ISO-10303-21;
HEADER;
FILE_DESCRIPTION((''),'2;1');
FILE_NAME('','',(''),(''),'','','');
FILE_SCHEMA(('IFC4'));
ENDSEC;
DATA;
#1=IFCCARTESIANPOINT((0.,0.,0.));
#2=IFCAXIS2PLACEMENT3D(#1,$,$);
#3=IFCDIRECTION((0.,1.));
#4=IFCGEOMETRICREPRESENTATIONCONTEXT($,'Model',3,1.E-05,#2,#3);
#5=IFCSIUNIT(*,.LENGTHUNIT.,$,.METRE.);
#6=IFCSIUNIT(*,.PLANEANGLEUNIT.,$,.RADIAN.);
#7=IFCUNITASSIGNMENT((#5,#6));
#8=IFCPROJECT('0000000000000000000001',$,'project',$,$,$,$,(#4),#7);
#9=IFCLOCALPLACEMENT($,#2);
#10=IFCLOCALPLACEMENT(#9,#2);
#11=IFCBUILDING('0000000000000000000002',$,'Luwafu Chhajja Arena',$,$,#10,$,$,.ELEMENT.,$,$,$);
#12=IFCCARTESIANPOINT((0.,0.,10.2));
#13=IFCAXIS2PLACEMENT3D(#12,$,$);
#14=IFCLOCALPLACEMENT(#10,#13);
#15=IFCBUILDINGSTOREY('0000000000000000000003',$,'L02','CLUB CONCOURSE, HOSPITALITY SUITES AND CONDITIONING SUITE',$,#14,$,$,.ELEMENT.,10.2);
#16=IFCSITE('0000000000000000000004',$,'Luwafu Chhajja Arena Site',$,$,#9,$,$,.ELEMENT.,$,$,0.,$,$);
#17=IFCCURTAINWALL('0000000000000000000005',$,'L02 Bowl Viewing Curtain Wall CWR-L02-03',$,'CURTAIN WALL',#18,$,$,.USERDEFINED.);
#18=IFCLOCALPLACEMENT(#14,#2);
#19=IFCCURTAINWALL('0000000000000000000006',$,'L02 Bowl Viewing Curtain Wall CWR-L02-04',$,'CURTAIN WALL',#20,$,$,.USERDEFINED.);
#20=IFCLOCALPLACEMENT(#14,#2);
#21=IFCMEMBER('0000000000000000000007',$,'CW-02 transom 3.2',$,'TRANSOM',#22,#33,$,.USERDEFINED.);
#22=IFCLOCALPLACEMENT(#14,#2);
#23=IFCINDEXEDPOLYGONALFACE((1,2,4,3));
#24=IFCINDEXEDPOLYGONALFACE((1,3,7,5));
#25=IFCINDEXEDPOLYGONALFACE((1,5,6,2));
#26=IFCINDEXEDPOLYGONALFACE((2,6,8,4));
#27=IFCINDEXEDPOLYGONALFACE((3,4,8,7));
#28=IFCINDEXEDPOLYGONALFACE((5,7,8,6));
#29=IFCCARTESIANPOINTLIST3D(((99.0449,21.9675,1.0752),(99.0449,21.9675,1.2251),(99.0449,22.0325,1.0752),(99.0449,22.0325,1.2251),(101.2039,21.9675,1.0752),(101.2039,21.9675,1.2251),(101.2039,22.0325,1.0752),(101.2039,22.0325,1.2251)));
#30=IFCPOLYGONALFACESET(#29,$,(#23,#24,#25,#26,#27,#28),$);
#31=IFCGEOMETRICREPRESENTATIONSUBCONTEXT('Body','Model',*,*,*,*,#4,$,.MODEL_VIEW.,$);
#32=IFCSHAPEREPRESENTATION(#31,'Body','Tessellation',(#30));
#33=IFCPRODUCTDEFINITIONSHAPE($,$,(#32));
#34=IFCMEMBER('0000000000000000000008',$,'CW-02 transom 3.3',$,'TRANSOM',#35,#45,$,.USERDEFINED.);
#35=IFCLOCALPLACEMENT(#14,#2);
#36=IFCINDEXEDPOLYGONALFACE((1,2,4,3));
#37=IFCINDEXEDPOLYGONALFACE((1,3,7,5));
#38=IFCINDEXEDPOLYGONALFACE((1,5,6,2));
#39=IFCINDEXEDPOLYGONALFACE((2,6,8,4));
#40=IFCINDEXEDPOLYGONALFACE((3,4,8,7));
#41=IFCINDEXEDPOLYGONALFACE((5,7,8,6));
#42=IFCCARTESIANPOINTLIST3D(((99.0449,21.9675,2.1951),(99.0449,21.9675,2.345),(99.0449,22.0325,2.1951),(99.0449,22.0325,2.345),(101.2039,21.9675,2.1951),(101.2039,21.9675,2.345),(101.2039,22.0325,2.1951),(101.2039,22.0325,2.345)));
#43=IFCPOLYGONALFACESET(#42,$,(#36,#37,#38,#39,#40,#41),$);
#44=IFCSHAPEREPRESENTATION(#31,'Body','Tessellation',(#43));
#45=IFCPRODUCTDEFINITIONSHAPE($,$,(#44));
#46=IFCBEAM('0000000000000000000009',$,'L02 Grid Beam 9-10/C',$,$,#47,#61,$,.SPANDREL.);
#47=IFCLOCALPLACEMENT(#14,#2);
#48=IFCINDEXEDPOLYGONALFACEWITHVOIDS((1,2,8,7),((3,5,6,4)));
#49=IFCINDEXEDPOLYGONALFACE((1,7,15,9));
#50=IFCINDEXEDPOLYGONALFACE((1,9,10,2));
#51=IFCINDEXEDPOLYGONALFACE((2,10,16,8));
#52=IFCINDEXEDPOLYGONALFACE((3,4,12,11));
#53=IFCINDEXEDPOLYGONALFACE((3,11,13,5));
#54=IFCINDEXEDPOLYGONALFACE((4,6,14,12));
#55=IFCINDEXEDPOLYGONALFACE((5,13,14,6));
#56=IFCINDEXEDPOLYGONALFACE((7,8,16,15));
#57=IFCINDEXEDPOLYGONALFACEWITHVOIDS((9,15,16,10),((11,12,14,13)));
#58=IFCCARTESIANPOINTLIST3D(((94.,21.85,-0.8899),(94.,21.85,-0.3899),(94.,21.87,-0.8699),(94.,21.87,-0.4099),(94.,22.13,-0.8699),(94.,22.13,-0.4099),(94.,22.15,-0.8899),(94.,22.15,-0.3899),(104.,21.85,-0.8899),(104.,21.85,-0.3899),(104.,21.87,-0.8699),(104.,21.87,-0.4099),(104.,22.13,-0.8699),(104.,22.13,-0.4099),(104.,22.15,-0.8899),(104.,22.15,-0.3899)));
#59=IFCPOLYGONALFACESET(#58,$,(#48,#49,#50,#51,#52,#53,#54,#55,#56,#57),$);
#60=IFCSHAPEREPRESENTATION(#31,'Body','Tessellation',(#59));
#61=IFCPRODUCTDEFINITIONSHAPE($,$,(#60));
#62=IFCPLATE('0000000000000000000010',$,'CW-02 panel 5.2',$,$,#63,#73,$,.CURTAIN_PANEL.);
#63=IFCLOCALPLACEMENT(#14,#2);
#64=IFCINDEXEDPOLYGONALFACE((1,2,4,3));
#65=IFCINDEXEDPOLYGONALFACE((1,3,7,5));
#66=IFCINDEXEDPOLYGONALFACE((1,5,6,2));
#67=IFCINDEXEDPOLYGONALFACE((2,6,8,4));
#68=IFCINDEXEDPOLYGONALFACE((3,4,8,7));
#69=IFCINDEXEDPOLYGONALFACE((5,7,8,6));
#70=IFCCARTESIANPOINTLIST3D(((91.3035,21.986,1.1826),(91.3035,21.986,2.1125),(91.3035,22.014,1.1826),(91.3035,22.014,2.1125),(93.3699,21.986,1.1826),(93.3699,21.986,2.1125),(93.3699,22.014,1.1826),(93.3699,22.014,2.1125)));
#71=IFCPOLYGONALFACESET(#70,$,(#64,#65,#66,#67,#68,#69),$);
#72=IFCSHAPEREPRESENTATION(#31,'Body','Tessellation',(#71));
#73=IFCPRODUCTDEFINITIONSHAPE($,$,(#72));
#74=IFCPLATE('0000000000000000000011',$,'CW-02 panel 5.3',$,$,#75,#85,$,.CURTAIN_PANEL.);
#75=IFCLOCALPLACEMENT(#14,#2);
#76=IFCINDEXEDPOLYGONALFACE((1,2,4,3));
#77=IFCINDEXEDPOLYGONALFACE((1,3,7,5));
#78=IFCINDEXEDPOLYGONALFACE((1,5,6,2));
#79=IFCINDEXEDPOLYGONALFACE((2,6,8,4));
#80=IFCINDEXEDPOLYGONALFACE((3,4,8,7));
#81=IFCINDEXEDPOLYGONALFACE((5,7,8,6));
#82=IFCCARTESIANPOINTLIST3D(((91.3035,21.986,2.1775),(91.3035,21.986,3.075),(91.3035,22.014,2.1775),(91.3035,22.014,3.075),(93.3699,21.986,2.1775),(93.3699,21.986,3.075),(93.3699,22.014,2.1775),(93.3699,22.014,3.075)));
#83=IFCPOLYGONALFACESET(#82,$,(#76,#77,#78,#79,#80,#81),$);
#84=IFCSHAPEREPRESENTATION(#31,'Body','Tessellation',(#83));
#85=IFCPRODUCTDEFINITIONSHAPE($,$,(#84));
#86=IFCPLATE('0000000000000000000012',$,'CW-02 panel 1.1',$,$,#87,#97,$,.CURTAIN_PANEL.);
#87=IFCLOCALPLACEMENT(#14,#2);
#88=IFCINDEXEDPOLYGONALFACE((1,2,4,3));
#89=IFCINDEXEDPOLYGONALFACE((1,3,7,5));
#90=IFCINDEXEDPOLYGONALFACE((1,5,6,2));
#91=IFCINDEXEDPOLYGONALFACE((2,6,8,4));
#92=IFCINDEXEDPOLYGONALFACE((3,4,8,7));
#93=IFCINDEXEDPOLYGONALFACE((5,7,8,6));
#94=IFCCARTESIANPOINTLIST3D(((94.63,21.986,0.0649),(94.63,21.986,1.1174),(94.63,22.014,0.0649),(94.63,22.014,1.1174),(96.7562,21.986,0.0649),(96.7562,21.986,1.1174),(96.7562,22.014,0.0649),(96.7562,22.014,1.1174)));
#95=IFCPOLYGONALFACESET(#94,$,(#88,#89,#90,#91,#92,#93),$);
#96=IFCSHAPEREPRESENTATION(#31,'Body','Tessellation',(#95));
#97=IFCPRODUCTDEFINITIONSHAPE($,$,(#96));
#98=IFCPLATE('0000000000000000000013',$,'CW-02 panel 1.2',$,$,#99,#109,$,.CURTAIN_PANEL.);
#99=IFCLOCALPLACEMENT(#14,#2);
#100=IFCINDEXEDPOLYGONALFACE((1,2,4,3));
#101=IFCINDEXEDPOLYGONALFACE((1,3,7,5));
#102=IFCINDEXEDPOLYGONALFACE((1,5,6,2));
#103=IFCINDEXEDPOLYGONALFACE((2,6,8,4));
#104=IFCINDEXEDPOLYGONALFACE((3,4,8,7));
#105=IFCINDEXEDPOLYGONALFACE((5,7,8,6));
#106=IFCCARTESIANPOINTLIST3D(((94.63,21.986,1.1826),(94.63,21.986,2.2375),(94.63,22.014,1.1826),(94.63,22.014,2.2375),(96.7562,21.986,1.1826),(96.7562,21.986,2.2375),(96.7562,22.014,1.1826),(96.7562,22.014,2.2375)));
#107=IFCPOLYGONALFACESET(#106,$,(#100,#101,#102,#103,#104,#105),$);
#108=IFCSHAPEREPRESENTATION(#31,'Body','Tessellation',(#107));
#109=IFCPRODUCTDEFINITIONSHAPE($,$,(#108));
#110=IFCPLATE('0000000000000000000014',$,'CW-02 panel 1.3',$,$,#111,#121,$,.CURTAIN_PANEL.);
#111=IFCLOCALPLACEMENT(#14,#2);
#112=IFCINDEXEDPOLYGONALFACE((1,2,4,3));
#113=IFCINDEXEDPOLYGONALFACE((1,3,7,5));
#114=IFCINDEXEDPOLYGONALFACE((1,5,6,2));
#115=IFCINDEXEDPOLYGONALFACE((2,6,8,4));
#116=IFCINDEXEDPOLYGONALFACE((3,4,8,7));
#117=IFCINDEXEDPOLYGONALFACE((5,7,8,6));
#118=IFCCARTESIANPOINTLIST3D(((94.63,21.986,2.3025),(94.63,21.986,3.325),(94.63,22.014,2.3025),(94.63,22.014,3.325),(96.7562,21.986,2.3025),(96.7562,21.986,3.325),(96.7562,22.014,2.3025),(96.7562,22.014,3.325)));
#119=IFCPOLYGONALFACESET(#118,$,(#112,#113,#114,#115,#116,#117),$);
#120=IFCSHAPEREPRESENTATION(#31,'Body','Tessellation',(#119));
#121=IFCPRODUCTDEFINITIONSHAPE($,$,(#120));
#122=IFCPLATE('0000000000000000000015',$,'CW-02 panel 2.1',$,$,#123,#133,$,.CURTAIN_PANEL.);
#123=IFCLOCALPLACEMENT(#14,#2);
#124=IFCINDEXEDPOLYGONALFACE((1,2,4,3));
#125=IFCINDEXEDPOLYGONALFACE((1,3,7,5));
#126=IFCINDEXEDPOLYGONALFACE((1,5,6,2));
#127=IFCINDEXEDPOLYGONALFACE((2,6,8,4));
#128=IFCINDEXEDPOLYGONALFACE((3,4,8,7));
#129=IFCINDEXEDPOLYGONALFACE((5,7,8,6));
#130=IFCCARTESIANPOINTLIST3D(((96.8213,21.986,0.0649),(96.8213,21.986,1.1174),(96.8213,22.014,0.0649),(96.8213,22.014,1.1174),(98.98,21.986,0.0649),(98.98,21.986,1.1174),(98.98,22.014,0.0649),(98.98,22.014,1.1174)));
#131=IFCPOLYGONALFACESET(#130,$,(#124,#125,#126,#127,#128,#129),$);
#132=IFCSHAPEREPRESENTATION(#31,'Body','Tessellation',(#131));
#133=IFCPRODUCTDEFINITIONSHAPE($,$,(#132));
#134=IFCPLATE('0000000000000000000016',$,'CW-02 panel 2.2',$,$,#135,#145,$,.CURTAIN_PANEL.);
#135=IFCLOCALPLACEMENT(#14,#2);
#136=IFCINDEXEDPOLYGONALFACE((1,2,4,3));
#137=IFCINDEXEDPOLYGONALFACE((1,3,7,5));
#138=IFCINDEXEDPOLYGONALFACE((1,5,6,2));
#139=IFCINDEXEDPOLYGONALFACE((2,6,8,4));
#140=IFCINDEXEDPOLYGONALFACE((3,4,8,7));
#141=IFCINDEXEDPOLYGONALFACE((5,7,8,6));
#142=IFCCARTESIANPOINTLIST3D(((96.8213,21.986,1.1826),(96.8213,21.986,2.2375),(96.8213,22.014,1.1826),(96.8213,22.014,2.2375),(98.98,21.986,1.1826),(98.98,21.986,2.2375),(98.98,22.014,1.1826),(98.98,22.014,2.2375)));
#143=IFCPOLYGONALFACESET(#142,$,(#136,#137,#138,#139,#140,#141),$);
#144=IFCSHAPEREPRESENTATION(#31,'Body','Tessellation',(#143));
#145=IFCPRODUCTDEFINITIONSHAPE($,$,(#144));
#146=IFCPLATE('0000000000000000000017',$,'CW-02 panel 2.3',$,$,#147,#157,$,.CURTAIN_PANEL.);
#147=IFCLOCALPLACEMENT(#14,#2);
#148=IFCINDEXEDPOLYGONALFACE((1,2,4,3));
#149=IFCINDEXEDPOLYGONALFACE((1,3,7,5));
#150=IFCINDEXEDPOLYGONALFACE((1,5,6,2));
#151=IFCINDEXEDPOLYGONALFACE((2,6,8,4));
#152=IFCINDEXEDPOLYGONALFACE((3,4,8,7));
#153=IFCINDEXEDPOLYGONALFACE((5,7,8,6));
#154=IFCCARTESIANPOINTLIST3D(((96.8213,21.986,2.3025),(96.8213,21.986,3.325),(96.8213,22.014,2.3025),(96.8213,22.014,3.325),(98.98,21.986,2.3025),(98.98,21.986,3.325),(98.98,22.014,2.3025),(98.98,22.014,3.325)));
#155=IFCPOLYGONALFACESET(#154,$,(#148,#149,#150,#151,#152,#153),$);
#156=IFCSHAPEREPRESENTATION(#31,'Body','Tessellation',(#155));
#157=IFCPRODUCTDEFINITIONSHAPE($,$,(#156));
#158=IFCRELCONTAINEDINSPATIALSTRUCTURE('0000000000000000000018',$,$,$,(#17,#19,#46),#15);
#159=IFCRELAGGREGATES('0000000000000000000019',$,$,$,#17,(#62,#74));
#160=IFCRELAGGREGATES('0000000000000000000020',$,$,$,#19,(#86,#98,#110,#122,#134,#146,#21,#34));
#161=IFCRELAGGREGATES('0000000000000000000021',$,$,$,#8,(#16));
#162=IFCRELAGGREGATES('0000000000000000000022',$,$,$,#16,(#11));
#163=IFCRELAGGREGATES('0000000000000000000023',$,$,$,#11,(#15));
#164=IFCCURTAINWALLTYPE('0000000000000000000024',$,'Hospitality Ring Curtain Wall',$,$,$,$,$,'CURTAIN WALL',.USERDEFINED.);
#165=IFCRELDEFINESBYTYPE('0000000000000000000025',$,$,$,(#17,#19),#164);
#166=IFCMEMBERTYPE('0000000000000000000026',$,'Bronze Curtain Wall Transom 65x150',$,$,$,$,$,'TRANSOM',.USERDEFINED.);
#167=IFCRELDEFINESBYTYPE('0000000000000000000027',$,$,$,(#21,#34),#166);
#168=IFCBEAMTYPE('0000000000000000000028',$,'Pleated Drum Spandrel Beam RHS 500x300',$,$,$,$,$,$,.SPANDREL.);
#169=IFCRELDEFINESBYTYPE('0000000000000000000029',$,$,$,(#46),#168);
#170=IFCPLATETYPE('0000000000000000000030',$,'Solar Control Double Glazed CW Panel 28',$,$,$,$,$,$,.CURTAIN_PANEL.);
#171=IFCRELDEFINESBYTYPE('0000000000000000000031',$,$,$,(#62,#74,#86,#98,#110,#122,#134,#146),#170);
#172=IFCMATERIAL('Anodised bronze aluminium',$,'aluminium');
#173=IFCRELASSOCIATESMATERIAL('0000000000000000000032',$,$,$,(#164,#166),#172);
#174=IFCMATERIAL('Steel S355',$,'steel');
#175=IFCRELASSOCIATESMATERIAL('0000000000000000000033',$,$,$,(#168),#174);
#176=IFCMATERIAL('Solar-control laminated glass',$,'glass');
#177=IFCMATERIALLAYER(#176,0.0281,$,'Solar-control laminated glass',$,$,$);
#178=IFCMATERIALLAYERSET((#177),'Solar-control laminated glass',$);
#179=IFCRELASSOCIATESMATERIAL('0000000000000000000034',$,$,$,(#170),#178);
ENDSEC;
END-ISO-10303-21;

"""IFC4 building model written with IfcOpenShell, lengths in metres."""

from ifc_helpers import new_model, si_unit, direction, frame, origin, origin_2d, place, context, subcontext, project, spatial, rectangle, hollow_rectangle, extrude, material, layer, layer_set, material_profile, profile_set, type_object, element, aggregate, save


model = new_model("IFC4")

# Units and contexts
model_context = context("Model", 3, precision=1e-05, world=origin(), true_north=direction((0.0, 1.0)))
body_context = subcontext(model_context, "Body", "Model", "MODEL_VIEW")
ifc_project = project(units=[si_unit("LENGTHUNIT", "METRE"), si_unit("PLANEANGLEUNIT", "RADIAN")], contexts=[model_context])

# Site, building, storey
site_placement = place(None, origin())
site = spatial("IfcSite", under=ifc_project, at=site_placement, Name="Luwafu Chhajja Arena Site", CompositionType="ELEMENT", RefElevation=0.0)
building_placement = place(site_placement, origin())
building = spatial("IfcBuilding", under=site, at=building_placement, Name="Luwafu Chhajja Arena", CompositionType="ELEMENT")
storey_placement = place(building_placement, frame((0.0, 0.0, 10.2)))
storey = spatial("IfcBuildingStorey", under=building, at=storey_placement, Name="L02", Description="CLUB CONCOURSE, HOSPITALITY SUITES AND CONDITIONING SUITE", CompositionType="ELEMENT", Elevation=10.2)

# Curtain wall
ifc_material_1 = material(Name="Anodised bronze aluminium", Category="aluminium")
curtain_wall_type = type_object("IfcCurtainWallType", Name="Hospitality Ring Curtain Wall", ElementType="CURTAIN WALL", PredefinedType="USERDEFINED", material=ifc_material_1)
curtain_wall_1_placement = place(storey_placement, origin())
curtain_wall_1 = element("IfcCurtainWall", 1, at=curtain_wall_1_placement, inside=storey, type_object=curtain_wall_type, Name="L02 Bowl Viewing Curtain Wall CWR-L02-03", ObjectType="CURTAIN WALL", PredefinedType="USERDEFINED")

# Curtain wall, members
curtain_wall_2_placement = place(storey_placement, origin())
curtain_wall_2 = element("IfcCurtainWall", 2, at=curtain_wall_2_placement, inside=storey, type_object=curtain_wall_type, Name="L02 Bowl Viewing Curtain Wall CWR-L02-04", ObjectType="CURTAIN WALL", PredefinedType="USERDEFINED")
ifc_material_profile_1 = material_profile(ifc_material_1, rectangle(XDim=0.0649, YDim=0.1499, at=origin_2d()), Name="CWT 65x150")
ifc_profile_set_1 = profile_set([ifc_material_profile_1], Name="Anodised bronze aluminium")
member_type_1 = type_object("IfcMemberType", Name="Bronze Curtain Wall Transom 65x150", ElementType="TRANSOM", PredefinedType="USERDEFINED", material=ifc_profile_set_1)
member_1_placement = place(storey_placement, frame((99.0449, 22.0, 1.1501), z_axis=(1.0, 0.0, 0.0), x_axis=(0.0, 1.0, 0.0)))
member_1 = element("IfcMember", 3, at=member_1_placement, type_object=member_type_1, Name="CW-02 transom 3.2", ObjectType="TRANSOM", PredefinedType="USERDEFINED", context=body_context, shape_type="SweptSolid", body=[
    extrude(rectangle(XDim=0.0649, YDim=0.1499, at=origin_2d()), origin(), (0.0, 0.0, 1.0), 2.1589),
])
member_2_placement = place(storey_placement, frame((99.0449, 22.0, 2.27), z_axis=(1.0, 0.0, 0.0), x_axis=(0.0, 1.0, 0.0)))
member_2 = element("IfcMember", 4, at=member_2_placement, type_object=member_type_1, Name="CW-02 transom 3.3", ObjectType="TRANSOM", PredefinedType="USERDEFINED", context=body_context, shape_type="SweptSolid", body=[
    extrude(rectangle(XDim=0.0649, YDim=0.1499, at=origin_2d()), origin(), (0.0, 0.0, 1.0), 2.1589),
])

# Beam
ifc_material_2 = material(Name="Steel S355", Category="steel")
ifc_material_profile_2 = material_profile(ifc_material_2, hollow_rectangle(XDim=0.3, YDim=0.5, WallThickness=0.02, at=origin_2d()), Name="RHS 500x300x20")
ifc_profile_set_2 = profile_set([ifc_material_profile_2], Name="Steel S355")
beam_type = type_object("IfcBeamType", Name="Pleated Drum Spandrel Beam RHS 500x300", PredefinedType="SPANDREL", material=ifc_profile_set_2)
beam_placement = place(storey_placement, frame((94.0, 22.0, -0.6399), z_axis=(1.0, 0.0, 0.0), x_axis=(0.0, 1.0, 0.0)))
element("IfcBeam", 5, at=beam_placement, inside=storey, type_object=beam_type, Name="L02 Grid Beam 9-10/C", PredefinedType="SPANDREL", context=body_context, shape_type="SweptSolid", body=[
    extrude(hollow_rectangle(XDim=0.3, YDim=0.5, WallThickness=0.02, at=origin_2d()), origin(), (0.0, 0.0, 1.0), 10.0),
])

# Plates
ifc_material_3 = material(Name="Solar-control laminated glass", Category="glass")
ifc_layer = layer(ifc_material_3, 0.0281, Name="Solar-control laminated glass")
ifc_layer_set = layer_set([ifc_layer], Name="Solar-control laminated glass")
plate_type = type_object("IfcPlateType", Name="Solar Control Double Glazed CW Panel 28", PredefinedType="CURTAIN_PANEL", material=ifc_layer_set)
plate_1_placement = place(storey_placement, frame((92.3367, 22.0, 1.1826), z_axis=(0.0, 0.0, 1.0), x_axis=(1.0, 0.0, 0.0)))
plate_1 = element("IfcPlate", 6, at=plate_1_placement, type_object=plate_type, Name="CW-02 panel 5.2", PredefinedType="CURTAIN_PANEL", context=body_context, shape_type="SweptSolid", body=[
    extrude(rectangle(XDim=2.0664, YDim=0.0281, at=origin_2d()), origin(), (0.0, 0.0, 1.0), 0.9299),
])
plate_2_placement = place(storey_placement, frame((92.3367, 22.0, 2.1775), z_axis=(0.0, 0.0, 1.0), x_axis=(1.0, 0.0, 0.0)))
plate_2 = element("IfcPlate", 7, at=plate_2_placement, type_object=plate_type, Name="CW-02 panel 5.3", PredefinedType="CURTAIN_PANEL", context=body_context, shape_type="SweptSolid", body=[
    extrude(rectangle(XDim=2.0664, YDim=0.0281, at=origin_2d()), origin(), (0.0, 0.0, 1.0), 0.8975),
])
aggregate(curtain_wall_1, [plate_1, plate_2])
plate_3_placement = place(storey_placement, frame((95.6931, 22.0, 0.0649), z_axis=(0.0, 0.0, 1.0), x_axis=(1.0, 0.0, 0.0)))
plate_3 = element("IfcPlate", 8, at=plate_3_placement, type_object=plate_type, Name="CW-02 panel 1.1", PredefinedType="CURTAIN_PANEL", context=body_context, shape_type="SweptSolid", body=[
    extrude(rectangle(XDim=2.1262, YDim=0.0281, at=origin_2d()), origin(), (0.0, 0.0, 1.0), 1.0525),
])
plate_4_placement = place(storey_placement, frame((95.6931, 22.0, 1.1826), z_axis=(0.0, 0.0, 1.0), x_axis=(1.0, 0.0, 0.0)))
plate_4 = element("IfcPlate", 9, at=plate_4_placement, type_object=plate_type, Name="CW-02 panel 1.2", PredefinedType="CURTAIN_PANEL", context=body_context, shape_type="SweptSolid", body=[
    extrude(rectangle(XDim=2.1262, YDim=0.0281, at=origin_2d()), origin(), (0.0, 0.0, 1.0), 1.0549),
])
plate_5_placement = place(storey_placement, frame((95.6931, 22.0, 2.3025), z_axis=(0.0, 0.0, 1.0), x_axis=(1.0, 0.0, 0.0)))
plate_5 = element("IfcPlate", 10, at=plate_5_placement, type_object=plate_type, Name="CW-02 panel 1.3", PredefinedType="CURTAIN_PANEL", context=body_context, shape_type="SweptSolid", body=[
    extrude(rectangle(XDim=2.1262, YDim=0.0281, at=origin_2d()), origin(), (0.0, 0.0, 1.0), 1.0225),
])
plate_6_placement = place(storey_placement, frame((97.9006, 22.0, 0.0649), z_axis=(0.0, 0.0, 1.0), x_axis=(1.0, 0.0, 0.0)))
plate_6 = element("IfcPlate", 11, at=plate_6_placement, type_object=plate_type, Name="CW-02 panel 2.1", PredefinedType="CURTAIN_PANEL", context=body_context, shape_type="SweptSolid", body=[
    extrude(rectangle(XDim=2.1587, YDim=0.0281, at=origin_2d()), origin(), (0.0, 0.0, 1.0), 1.0525),
])
plate_7_placement = place(storey_placement, frame((97.9006, 22.0, 1.1826), z_axis=(0.0, 0.0, 1.0), x_axis=(1.0, 0.0, 0.0)))
plate_7 = element("IfcPlate", 12, at=plate_7_placement, type_object=plate_type, Name="CW-02 panel 2.2", PredefinedType="CURTAIN_PANEL", context=body_context, shape_type="SweptSolid", body=[
    extrude(rectangle(XDim=2.1587, YDim=0.0281, at=origin_2d()), origin(), (0.0, 0.0, 1.0), 1.0549),
])
plate_8_placement = place(storey_placement, frame((97.9006, 22.0, 2.3025), z_axis=(0.0, 0.0, 1.0), x_axis=(1.0, 0.0, 0.0)))
plate_8 = element("IfcPlate", 13, at=plate_8_placement, type_object=plate_type, Name="CW-02 panel 2.3", PredefinedType="CURTAIN_PANEL", context=body_context, shape_type="SweptSolid", body=[
    extrude(rectangle(XDim=2.1587, YDim=0.0281, at=origin_2d()), origin(), (0.0, 0.0, 1.0), 1.0225),
])
aggregate(curtain_wall_2, [plate_3, plate_4, plate_5, plate_6, plate_7, plate_8, member_1, member_2])

save(model, "model.ifc")
